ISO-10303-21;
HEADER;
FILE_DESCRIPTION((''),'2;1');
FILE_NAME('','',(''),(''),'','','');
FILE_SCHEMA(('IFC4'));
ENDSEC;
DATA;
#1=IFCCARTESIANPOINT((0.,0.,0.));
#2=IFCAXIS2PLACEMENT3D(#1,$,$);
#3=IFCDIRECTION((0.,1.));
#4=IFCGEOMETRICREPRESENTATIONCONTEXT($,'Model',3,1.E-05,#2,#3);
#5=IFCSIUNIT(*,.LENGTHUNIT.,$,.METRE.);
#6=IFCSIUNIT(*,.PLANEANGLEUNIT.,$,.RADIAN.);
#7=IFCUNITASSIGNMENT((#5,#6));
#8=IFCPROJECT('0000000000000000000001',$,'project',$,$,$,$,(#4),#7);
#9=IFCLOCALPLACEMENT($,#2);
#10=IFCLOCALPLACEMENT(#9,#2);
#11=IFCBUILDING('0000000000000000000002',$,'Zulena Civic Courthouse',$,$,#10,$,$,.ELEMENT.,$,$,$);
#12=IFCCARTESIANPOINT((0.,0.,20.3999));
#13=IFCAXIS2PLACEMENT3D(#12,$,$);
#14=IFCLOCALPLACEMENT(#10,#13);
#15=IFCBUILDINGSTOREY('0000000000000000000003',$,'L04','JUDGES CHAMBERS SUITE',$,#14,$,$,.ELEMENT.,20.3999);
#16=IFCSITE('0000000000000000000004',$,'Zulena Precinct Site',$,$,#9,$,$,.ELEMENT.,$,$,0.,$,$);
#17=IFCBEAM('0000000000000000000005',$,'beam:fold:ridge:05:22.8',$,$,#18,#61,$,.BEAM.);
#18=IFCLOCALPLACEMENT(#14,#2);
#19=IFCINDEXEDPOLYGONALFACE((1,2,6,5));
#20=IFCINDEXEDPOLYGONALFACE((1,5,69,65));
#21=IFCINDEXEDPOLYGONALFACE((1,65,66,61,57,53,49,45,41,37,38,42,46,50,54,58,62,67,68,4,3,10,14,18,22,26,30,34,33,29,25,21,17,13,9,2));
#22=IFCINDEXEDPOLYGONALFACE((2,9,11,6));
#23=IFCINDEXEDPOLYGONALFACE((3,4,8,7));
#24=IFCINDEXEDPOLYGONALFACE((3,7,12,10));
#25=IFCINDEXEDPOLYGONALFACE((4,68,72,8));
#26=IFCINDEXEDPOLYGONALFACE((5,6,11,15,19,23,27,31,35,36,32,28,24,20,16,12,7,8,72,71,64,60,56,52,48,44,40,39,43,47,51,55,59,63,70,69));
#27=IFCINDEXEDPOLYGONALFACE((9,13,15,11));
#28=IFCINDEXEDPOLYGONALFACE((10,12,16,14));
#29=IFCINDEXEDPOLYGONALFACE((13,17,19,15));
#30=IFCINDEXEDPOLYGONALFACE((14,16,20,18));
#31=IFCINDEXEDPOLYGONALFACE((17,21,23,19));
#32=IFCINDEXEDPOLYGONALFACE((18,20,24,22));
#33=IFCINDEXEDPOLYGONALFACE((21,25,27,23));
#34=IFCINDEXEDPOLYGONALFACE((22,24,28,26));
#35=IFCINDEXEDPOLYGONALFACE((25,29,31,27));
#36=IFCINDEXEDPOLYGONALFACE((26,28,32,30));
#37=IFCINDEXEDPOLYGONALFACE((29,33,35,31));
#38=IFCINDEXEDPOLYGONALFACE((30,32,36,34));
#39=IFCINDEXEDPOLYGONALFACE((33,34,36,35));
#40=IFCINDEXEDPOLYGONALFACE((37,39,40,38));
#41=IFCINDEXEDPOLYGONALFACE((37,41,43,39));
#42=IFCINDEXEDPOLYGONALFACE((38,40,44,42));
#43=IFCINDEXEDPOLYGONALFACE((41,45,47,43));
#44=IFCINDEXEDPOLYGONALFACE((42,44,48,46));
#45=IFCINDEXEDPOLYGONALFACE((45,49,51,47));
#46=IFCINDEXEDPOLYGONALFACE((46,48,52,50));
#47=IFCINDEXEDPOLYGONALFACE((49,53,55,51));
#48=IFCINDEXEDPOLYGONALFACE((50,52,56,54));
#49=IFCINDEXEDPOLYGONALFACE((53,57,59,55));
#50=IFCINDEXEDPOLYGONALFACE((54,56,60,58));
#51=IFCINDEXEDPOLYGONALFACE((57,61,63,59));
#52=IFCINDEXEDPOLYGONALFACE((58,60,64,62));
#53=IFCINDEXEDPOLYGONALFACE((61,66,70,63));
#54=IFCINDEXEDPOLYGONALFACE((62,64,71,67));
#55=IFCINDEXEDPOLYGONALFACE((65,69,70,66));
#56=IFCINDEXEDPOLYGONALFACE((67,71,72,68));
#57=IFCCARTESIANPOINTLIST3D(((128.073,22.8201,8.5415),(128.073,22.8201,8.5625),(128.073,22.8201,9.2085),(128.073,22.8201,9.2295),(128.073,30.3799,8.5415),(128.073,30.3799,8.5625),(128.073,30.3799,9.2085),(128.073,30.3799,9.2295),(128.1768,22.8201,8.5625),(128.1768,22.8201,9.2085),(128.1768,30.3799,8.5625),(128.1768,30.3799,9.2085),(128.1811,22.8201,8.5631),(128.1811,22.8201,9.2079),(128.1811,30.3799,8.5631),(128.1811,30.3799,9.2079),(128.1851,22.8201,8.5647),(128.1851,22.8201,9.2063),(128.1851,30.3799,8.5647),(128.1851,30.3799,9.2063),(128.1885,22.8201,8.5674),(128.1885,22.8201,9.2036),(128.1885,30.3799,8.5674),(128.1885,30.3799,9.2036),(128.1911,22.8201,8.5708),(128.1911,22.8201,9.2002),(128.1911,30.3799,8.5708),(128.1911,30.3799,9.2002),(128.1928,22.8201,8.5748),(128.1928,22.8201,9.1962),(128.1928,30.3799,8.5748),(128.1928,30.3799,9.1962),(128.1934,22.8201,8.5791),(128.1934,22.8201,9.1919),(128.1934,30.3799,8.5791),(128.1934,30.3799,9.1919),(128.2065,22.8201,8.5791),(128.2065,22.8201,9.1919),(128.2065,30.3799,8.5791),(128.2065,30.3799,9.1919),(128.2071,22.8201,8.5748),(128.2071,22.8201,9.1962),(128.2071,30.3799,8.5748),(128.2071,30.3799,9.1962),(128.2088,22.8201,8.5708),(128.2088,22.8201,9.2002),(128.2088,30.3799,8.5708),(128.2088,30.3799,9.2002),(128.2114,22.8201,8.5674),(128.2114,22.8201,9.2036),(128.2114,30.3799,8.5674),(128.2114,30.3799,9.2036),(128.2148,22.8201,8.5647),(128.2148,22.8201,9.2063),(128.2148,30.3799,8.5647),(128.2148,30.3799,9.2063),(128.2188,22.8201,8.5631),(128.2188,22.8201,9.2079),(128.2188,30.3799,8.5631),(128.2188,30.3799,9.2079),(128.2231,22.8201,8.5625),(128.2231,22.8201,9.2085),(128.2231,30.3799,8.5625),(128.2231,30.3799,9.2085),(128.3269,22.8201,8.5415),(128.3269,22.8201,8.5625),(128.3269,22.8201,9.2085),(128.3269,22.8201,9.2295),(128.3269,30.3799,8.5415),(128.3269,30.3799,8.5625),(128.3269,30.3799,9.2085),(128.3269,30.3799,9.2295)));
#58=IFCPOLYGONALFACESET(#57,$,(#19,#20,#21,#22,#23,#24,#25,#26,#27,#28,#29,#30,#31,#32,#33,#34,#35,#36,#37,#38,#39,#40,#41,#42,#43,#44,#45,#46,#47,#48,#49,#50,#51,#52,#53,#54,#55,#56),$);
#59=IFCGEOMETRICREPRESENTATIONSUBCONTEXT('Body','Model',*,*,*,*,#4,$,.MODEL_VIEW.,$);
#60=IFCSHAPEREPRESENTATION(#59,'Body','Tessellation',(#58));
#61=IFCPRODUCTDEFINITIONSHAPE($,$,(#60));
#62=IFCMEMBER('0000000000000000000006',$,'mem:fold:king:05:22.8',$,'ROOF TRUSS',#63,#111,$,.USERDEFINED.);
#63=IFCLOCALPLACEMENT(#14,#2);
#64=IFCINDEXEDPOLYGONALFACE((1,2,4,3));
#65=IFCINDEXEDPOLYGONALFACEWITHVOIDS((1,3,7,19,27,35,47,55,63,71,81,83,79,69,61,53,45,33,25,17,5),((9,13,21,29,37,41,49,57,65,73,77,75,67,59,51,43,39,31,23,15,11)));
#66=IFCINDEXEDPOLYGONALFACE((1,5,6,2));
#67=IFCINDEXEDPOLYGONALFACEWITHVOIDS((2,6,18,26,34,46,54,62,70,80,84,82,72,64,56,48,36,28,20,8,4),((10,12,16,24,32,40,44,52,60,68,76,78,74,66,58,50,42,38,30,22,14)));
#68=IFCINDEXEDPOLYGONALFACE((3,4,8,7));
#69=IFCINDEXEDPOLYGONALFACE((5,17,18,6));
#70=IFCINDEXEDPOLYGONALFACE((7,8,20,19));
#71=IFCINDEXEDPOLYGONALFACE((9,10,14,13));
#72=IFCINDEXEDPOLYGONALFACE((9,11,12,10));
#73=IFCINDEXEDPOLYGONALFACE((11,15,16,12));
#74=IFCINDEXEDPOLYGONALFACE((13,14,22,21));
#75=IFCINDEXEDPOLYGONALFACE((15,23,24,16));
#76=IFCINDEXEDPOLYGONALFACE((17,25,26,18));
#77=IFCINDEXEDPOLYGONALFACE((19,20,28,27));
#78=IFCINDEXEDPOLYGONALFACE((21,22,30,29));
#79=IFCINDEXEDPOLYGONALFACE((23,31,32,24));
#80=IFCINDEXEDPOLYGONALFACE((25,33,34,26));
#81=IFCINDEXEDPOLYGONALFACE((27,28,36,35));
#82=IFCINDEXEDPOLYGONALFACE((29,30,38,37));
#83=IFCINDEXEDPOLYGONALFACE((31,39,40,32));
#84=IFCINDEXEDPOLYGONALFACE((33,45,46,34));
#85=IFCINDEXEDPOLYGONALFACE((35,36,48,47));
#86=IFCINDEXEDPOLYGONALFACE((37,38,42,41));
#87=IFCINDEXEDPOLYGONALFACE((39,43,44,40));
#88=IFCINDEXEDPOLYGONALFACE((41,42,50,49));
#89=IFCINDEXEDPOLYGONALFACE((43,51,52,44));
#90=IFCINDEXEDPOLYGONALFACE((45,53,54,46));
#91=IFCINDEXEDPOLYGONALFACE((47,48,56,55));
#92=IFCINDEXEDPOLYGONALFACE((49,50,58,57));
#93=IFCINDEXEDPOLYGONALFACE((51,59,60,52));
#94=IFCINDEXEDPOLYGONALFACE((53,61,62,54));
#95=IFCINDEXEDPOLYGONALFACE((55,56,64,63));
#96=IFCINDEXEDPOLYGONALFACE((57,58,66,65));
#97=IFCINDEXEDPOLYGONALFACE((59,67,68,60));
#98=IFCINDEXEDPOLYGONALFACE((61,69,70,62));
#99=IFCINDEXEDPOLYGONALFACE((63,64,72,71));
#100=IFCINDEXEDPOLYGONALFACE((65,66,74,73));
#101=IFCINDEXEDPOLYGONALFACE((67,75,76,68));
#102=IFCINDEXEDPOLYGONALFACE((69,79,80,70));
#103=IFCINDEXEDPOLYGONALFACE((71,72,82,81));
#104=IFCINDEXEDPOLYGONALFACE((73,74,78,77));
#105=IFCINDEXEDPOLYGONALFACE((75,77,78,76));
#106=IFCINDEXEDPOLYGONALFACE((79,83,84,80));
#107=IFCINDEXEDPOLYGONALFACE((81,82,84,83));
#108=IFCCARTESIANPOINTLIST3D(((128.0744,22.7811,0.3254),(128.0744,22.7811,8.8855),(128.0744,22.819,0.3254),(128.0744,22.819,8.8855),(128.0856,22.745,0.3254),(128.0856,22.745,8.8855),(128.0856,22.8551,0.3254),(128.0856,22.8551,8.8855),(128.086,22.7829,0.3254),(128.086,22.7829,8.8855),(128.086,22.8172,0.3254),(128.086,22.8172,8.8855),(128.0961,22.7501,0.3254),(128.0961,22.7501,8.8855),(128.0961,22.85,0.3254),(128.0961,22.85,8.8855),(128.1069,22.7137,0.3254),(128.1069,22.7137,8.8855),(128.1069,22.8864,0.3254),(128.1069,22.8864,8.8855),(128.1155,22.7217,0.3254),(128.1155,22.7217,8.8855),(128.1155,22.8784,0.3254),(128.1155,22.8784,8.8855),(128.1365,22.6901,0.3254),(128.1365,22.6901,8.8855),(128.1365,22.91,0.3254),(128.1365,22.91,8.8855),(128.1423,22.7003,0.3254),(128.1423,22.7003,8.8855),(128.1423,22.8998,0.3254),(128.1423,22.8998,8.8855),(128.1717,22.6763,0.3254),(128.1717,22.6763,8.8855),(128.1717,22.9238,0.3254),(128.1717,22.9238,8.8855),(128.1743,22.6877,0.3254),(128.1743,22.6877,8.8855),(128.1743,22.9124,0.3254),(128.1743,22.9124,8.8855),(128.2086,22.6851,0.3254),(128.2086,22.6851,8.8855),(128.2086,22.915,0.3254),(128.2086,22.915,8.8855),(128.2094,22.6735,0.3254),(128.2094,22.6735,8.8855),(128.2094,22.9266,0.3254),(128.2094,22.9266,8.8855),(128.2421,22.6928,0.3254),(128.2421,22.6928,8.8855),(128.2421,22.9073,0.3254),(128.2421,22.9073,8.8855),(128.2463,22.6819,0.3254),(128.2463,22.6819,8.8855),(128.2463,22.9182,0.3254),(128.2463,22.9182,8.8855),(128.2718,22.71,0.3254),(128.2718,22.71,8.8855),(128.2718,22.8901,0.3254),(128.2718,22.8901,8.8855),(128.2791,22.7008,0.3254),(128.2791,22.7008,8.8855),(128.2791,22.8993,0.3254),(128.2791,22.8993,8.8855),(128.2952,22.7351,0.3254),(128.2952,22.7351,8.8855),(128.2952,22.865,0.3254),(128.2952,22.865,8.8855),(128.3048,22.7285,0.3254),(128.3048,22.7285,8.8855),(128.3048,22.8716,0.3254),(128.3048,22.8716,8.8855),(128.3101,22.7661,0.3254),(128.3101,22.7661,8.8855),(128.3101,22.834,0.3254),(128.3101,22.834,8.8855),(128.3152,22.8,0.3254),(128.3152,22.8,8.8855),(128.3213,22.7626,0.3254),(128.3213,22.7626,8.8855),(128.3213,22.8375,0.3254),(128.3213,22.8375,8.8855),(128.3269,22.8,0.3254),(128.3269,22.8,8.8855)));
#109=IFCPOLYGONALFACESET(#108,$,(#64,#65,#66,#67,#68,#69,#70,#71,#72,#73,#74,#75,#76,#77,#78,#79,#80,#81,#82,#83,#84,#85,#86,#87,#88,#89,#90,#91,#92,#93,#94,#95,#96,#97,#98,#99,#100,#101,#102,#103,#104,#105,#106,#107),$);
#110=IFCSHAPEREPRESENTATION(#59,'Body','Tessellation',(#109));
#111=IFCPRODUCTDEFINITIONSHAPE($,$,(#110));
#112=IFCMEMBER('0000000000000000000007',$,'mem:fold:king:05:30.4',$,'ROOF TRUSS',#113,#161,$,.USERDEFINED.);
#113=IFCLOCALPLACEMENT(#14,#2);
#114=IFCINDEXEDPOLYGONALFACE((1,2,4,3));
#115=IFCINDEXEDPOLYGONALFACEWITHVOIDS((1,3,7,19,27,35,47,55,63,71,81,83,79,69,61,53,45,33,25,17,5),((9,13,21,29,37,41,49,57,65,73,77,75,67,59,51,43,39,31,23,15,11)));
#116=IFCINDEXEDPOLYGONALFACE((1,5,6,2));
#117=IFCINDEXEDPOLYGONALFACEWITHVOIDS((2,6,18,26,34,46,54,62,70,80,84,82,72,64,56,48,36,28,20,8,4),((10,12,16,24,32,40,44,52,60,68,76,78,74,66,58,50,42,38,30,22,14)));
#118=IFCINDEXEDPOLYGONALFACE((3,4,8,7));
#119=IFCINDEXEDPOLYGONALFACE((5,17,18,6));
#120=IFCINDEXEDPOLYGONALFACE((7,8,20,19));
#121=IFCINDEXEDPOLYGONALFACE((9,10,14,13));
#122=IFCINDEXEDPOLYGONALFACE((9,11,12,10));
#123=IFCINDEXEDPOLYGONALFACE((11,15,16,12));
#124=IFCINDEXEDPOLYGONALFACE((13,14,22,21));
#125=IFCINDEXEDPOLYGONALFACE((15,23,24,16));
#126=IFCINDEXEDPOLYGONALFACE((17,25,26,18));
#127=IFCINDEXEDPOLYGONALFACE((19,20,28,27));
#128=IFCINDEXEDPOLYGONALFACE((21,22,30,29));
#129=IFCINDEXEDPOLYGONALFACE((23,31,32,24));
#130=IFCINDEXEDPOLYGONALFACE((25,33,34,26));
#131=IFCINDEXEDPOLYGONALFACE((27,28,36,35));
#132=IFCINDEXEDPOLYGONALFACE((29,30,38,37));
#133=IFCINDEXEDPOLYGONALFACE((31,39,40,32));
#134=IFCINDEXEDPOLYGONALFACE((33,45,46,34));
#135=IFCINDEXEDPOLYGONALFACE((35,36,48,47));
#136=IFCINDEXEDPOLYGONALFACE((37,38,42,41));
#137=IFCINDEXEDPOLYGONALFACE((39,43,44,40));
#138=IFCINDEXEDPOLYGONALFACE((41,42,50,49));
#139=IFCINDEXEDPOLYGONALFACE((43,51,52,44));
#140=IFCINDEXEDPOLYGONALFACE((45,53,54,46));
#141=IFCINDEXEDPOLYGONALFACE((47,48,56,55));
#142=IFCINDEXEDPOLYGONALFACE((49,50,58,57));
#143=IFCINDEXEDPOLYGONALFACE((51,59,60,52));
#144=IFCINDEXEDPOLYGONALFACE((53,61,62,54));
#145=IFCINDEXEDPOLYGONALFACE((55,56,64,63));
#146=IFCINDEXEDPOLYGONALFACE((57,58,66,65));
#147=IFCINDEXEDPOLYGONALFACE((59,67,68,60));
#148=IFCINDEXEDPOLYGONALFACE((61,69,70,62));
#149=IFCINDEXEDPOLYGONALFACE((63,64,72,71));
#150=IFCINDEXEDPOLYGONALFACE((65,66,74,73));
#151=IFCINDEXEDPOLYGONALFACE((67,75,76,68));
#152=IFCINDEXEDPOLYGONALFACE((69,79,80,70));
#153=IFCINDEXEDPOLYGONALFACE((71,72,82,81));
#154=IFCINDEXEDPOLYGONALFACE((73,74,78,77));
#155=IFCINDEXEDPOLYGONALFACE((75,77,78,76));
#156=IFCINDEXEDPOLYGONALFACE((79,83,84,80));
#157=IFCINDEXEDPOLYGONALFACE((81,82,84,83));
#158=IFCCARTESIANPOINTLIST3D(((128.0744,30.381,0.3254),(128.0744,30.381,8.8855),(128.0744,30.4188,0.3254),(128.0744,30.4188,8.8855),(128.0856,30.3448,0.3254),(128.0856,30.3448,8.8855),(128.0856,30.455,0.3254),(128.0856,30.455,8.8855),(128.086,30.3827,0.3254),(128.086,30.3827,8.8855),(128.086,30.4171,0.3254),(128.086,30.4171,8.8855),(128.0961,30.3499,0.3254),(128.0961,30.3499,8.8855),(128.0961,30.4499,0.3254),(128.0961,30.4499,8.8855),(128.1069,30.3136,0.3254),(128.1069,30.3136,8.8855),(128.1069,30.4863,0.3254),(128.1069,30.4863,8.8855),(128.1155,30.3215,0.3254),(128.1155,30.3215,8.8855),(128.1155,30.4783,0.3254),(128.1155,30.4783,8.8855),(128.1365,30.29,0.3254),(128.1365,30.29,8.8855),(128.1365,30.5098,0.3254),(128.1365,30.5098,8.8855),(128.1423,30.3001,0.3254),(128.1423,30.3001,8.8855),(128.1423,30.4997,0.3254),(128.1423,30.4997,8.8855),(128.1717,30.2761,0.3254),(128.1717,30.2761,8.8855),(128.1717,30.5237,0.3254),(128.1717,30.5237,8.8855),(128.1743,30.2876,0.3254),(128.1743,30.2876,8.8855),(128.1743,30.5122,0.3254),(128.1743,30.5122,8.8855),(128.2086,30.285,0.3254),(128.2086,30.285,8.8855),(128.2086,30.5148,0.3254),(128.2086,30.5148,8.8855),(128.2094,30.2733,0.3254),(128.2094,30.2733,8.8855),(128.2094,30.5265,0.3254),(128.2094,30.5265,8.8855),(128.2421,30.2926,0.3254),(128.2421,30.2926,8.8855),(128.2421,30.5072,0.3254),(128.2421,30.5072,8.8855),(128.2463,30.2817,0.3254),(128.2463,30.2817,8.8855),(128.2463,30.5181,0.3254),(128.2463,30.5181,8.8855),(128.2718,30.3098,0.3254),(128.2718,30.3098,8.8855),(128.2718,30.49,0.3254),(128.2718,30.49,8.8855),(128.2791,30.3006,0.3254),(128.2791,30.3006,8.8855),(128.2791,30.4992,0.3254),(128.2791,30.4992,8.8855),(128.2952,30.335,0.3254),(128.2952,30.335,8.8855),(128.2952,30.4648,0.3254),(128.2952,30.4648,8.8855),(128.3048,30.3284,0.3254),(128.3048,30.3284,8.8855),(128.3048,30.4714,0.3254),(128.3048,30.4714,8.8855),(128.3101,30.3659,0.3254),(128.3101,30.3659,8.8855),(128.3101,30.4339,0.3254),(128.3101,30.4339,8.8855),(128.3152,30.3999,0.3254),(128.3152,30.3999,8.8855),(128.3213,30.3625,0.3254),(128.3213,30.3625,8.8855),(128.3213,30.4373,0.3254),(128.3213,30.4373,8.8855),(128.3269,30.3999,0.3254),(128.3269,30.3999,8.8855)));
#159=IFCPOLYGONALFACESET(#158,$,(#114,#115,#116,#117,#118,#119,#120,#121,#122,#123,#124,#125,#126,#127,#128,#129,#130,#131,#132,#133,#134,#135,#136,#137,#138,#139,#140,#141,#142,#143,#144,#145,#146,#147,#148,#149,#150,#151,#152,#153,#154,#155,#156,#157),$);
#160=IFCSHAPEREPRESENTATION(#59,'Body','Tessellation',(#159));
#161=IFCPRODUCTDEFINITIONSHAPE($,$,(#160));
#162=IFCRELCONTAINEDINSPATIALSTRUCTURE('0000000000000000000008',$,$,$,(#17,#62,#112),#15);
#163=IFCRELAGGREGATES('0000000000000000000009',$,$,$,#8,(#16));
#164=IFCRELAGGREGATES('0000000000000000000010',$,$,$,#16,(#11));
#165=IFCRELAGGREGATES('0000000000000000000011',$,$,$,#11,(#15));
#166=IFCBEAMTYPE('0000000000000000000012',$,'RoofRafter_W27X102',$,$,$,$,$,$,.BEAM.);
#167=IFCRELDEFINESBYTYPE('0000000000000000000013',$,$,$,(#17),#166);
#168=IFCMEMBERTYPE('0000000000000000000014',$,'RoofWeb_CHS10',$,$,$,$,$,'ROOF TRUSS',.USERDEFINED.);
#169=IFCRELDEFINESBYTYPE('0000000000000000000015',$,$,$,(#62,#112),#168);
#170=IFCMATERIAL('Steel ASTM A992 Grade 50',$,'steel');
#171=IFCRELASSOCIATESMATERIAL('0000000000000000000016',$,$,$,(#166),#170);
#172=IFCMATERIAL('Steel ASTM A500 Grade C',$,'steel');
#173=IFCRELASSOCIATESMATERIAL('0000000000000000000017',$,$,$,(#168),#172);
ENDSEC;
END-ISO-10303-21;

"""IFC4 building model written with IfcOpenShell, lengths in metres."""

from ifc_helpers import new_model, si_unit, direction, frame, origin, origin_2d, place, context, subcontext, project, spatial, hollow_circle, i_section, extrude, material, material_profile, profile_set, type_object, element, save


model = new_model("IFC4")

# Units and contexts
model_context = context("Model", 3, precision=1e-05, world=origin(), true_north=direction((0.0, 1.0)))
body_context = subcontext(model_context, "Body", "Model", "MODEL_VIEW")
ifc_project = project(units=[si_unit("LENGTHUNIT", "METRE"), si_unit("PLANEANGLEUNIT", "RADIAN")], contexts=[model_context])

# Site, building, storey
site_placement = place(None, origin())
site = spatial("IfcSite", under=ifc_project, at=site_placement, Name="Zulena Precinct Site", CompositionType="ELEMENT", RefElevation=0.0)
building_placement = place(site_placement, origin())
building = spatial("IfcBuilding", under=site, at=building_placement, Name="Zulena Civic Courthouse", CompositionType="ELEMENT")
storey_placement = place(building_placement, frame((0.0, 0.0, 20.3999)))
storey = spatial("IfcBuildingStorey", under=building, at=storey_placement, Name="L04", Description="JUDGES CHAMBERS SUITE", CompositionType="ELEMENT", Elevation=20.3999)

# Beam
ifc_material_1 = material(Name="Steel ASTM A992 Grade 50", Category="steel")
ifc_material_profile_1 = material_profile(ifc_material_1, i_section(OverallWidth=0.2539, OverallDepth=0.688, WebThickness=0.0132, FlangeThickness=0.021, FilletRadius=0.0166, at=origin_2d()), Name="W27X102")
ifc_profile_set_1 = profile_set([ifc_material_profile_1], Name="Steel ASTM A992 Grade 50")
beam_type_1 = type_object("IfcBeamType", Name="RoofRafter_W27X102", PredefinedType="BEAM", material=ifc_profile_set_1)
beam_1_placement = place(storey_placement, frame((128.2, 22.8201, 8.8855), z_axis=(0.0, 1.0, 0.0), x_axis=(-1.0, 0.0, 0.0)))
element("IfcBeam", 1, at=beam_1_placement, inside=storey, type_object=beam_type_1, Name="beam:fold:ridge:05:22.8", PredefinedType="BEAM", context=body_context, shape_type="SweptSolid", body=[
    extrude(i_section(OverallWidth=0.2539, OverallDepth=0.688, WebThickness=0.0132, FlangeThickness=0.021, FilletRadius=0.0166, at=origin_2d()), origin(), (0.0, 0.0, 1.0), 7.5598),
])

# Members
ifc_material_2 = material(Name="Steel ASTM A500 Grade C", Category="steel")
ifc_material_profile_2 = material_profile(ifc_material_2, hollow_circle(Radius=0.127, WallThickness=0.0117, at=origin_2d()), Name="HSS10.000X0.500")
ifc_profile_set_2 = profile_set([ifc_material_profile_2], Name="Steel ASTM A500 Grade C")
member_type_1 = type_object("IfcMemberType", Name="RoofWeb_CHS10", ElementType="ROOF TRUSS", PredefinedType="USERDEFINED", material=ifc_profile_set_2)
for number, where, z_axis, x_axis, name in (
    (2, (128.2, 22.8, 0.3254), (0.0, 0.0, 1.0), (1.0, 0.0, 0.0), "mem:fold:king:05:22.8"),
    (3, (128.2, 30.3999, 0.3254), (0.0, 0.0, 1.0), (1.0, 0.0, 0.0), "mem:fold:king:05:30.4"),
):
    element("IfcMember", number, at=place(storey_placement, frame(where, z_axis=z_axis, x_axis=x_axis)), inside=storey, type_object=member_type_1, Name=name, ObjectType="ROOF TRUSS", PredefinedType="USERDEFINED", context=body_context, shape_type="SweptSolid", body=[
        extrude(hollow_circle(Radius=0.127, WallThickness=0.0117, at=origin_2d()), origin(), (0.0, 0.0, 1.0), 8.5601),
    ])

save(model, "model.ifc")
